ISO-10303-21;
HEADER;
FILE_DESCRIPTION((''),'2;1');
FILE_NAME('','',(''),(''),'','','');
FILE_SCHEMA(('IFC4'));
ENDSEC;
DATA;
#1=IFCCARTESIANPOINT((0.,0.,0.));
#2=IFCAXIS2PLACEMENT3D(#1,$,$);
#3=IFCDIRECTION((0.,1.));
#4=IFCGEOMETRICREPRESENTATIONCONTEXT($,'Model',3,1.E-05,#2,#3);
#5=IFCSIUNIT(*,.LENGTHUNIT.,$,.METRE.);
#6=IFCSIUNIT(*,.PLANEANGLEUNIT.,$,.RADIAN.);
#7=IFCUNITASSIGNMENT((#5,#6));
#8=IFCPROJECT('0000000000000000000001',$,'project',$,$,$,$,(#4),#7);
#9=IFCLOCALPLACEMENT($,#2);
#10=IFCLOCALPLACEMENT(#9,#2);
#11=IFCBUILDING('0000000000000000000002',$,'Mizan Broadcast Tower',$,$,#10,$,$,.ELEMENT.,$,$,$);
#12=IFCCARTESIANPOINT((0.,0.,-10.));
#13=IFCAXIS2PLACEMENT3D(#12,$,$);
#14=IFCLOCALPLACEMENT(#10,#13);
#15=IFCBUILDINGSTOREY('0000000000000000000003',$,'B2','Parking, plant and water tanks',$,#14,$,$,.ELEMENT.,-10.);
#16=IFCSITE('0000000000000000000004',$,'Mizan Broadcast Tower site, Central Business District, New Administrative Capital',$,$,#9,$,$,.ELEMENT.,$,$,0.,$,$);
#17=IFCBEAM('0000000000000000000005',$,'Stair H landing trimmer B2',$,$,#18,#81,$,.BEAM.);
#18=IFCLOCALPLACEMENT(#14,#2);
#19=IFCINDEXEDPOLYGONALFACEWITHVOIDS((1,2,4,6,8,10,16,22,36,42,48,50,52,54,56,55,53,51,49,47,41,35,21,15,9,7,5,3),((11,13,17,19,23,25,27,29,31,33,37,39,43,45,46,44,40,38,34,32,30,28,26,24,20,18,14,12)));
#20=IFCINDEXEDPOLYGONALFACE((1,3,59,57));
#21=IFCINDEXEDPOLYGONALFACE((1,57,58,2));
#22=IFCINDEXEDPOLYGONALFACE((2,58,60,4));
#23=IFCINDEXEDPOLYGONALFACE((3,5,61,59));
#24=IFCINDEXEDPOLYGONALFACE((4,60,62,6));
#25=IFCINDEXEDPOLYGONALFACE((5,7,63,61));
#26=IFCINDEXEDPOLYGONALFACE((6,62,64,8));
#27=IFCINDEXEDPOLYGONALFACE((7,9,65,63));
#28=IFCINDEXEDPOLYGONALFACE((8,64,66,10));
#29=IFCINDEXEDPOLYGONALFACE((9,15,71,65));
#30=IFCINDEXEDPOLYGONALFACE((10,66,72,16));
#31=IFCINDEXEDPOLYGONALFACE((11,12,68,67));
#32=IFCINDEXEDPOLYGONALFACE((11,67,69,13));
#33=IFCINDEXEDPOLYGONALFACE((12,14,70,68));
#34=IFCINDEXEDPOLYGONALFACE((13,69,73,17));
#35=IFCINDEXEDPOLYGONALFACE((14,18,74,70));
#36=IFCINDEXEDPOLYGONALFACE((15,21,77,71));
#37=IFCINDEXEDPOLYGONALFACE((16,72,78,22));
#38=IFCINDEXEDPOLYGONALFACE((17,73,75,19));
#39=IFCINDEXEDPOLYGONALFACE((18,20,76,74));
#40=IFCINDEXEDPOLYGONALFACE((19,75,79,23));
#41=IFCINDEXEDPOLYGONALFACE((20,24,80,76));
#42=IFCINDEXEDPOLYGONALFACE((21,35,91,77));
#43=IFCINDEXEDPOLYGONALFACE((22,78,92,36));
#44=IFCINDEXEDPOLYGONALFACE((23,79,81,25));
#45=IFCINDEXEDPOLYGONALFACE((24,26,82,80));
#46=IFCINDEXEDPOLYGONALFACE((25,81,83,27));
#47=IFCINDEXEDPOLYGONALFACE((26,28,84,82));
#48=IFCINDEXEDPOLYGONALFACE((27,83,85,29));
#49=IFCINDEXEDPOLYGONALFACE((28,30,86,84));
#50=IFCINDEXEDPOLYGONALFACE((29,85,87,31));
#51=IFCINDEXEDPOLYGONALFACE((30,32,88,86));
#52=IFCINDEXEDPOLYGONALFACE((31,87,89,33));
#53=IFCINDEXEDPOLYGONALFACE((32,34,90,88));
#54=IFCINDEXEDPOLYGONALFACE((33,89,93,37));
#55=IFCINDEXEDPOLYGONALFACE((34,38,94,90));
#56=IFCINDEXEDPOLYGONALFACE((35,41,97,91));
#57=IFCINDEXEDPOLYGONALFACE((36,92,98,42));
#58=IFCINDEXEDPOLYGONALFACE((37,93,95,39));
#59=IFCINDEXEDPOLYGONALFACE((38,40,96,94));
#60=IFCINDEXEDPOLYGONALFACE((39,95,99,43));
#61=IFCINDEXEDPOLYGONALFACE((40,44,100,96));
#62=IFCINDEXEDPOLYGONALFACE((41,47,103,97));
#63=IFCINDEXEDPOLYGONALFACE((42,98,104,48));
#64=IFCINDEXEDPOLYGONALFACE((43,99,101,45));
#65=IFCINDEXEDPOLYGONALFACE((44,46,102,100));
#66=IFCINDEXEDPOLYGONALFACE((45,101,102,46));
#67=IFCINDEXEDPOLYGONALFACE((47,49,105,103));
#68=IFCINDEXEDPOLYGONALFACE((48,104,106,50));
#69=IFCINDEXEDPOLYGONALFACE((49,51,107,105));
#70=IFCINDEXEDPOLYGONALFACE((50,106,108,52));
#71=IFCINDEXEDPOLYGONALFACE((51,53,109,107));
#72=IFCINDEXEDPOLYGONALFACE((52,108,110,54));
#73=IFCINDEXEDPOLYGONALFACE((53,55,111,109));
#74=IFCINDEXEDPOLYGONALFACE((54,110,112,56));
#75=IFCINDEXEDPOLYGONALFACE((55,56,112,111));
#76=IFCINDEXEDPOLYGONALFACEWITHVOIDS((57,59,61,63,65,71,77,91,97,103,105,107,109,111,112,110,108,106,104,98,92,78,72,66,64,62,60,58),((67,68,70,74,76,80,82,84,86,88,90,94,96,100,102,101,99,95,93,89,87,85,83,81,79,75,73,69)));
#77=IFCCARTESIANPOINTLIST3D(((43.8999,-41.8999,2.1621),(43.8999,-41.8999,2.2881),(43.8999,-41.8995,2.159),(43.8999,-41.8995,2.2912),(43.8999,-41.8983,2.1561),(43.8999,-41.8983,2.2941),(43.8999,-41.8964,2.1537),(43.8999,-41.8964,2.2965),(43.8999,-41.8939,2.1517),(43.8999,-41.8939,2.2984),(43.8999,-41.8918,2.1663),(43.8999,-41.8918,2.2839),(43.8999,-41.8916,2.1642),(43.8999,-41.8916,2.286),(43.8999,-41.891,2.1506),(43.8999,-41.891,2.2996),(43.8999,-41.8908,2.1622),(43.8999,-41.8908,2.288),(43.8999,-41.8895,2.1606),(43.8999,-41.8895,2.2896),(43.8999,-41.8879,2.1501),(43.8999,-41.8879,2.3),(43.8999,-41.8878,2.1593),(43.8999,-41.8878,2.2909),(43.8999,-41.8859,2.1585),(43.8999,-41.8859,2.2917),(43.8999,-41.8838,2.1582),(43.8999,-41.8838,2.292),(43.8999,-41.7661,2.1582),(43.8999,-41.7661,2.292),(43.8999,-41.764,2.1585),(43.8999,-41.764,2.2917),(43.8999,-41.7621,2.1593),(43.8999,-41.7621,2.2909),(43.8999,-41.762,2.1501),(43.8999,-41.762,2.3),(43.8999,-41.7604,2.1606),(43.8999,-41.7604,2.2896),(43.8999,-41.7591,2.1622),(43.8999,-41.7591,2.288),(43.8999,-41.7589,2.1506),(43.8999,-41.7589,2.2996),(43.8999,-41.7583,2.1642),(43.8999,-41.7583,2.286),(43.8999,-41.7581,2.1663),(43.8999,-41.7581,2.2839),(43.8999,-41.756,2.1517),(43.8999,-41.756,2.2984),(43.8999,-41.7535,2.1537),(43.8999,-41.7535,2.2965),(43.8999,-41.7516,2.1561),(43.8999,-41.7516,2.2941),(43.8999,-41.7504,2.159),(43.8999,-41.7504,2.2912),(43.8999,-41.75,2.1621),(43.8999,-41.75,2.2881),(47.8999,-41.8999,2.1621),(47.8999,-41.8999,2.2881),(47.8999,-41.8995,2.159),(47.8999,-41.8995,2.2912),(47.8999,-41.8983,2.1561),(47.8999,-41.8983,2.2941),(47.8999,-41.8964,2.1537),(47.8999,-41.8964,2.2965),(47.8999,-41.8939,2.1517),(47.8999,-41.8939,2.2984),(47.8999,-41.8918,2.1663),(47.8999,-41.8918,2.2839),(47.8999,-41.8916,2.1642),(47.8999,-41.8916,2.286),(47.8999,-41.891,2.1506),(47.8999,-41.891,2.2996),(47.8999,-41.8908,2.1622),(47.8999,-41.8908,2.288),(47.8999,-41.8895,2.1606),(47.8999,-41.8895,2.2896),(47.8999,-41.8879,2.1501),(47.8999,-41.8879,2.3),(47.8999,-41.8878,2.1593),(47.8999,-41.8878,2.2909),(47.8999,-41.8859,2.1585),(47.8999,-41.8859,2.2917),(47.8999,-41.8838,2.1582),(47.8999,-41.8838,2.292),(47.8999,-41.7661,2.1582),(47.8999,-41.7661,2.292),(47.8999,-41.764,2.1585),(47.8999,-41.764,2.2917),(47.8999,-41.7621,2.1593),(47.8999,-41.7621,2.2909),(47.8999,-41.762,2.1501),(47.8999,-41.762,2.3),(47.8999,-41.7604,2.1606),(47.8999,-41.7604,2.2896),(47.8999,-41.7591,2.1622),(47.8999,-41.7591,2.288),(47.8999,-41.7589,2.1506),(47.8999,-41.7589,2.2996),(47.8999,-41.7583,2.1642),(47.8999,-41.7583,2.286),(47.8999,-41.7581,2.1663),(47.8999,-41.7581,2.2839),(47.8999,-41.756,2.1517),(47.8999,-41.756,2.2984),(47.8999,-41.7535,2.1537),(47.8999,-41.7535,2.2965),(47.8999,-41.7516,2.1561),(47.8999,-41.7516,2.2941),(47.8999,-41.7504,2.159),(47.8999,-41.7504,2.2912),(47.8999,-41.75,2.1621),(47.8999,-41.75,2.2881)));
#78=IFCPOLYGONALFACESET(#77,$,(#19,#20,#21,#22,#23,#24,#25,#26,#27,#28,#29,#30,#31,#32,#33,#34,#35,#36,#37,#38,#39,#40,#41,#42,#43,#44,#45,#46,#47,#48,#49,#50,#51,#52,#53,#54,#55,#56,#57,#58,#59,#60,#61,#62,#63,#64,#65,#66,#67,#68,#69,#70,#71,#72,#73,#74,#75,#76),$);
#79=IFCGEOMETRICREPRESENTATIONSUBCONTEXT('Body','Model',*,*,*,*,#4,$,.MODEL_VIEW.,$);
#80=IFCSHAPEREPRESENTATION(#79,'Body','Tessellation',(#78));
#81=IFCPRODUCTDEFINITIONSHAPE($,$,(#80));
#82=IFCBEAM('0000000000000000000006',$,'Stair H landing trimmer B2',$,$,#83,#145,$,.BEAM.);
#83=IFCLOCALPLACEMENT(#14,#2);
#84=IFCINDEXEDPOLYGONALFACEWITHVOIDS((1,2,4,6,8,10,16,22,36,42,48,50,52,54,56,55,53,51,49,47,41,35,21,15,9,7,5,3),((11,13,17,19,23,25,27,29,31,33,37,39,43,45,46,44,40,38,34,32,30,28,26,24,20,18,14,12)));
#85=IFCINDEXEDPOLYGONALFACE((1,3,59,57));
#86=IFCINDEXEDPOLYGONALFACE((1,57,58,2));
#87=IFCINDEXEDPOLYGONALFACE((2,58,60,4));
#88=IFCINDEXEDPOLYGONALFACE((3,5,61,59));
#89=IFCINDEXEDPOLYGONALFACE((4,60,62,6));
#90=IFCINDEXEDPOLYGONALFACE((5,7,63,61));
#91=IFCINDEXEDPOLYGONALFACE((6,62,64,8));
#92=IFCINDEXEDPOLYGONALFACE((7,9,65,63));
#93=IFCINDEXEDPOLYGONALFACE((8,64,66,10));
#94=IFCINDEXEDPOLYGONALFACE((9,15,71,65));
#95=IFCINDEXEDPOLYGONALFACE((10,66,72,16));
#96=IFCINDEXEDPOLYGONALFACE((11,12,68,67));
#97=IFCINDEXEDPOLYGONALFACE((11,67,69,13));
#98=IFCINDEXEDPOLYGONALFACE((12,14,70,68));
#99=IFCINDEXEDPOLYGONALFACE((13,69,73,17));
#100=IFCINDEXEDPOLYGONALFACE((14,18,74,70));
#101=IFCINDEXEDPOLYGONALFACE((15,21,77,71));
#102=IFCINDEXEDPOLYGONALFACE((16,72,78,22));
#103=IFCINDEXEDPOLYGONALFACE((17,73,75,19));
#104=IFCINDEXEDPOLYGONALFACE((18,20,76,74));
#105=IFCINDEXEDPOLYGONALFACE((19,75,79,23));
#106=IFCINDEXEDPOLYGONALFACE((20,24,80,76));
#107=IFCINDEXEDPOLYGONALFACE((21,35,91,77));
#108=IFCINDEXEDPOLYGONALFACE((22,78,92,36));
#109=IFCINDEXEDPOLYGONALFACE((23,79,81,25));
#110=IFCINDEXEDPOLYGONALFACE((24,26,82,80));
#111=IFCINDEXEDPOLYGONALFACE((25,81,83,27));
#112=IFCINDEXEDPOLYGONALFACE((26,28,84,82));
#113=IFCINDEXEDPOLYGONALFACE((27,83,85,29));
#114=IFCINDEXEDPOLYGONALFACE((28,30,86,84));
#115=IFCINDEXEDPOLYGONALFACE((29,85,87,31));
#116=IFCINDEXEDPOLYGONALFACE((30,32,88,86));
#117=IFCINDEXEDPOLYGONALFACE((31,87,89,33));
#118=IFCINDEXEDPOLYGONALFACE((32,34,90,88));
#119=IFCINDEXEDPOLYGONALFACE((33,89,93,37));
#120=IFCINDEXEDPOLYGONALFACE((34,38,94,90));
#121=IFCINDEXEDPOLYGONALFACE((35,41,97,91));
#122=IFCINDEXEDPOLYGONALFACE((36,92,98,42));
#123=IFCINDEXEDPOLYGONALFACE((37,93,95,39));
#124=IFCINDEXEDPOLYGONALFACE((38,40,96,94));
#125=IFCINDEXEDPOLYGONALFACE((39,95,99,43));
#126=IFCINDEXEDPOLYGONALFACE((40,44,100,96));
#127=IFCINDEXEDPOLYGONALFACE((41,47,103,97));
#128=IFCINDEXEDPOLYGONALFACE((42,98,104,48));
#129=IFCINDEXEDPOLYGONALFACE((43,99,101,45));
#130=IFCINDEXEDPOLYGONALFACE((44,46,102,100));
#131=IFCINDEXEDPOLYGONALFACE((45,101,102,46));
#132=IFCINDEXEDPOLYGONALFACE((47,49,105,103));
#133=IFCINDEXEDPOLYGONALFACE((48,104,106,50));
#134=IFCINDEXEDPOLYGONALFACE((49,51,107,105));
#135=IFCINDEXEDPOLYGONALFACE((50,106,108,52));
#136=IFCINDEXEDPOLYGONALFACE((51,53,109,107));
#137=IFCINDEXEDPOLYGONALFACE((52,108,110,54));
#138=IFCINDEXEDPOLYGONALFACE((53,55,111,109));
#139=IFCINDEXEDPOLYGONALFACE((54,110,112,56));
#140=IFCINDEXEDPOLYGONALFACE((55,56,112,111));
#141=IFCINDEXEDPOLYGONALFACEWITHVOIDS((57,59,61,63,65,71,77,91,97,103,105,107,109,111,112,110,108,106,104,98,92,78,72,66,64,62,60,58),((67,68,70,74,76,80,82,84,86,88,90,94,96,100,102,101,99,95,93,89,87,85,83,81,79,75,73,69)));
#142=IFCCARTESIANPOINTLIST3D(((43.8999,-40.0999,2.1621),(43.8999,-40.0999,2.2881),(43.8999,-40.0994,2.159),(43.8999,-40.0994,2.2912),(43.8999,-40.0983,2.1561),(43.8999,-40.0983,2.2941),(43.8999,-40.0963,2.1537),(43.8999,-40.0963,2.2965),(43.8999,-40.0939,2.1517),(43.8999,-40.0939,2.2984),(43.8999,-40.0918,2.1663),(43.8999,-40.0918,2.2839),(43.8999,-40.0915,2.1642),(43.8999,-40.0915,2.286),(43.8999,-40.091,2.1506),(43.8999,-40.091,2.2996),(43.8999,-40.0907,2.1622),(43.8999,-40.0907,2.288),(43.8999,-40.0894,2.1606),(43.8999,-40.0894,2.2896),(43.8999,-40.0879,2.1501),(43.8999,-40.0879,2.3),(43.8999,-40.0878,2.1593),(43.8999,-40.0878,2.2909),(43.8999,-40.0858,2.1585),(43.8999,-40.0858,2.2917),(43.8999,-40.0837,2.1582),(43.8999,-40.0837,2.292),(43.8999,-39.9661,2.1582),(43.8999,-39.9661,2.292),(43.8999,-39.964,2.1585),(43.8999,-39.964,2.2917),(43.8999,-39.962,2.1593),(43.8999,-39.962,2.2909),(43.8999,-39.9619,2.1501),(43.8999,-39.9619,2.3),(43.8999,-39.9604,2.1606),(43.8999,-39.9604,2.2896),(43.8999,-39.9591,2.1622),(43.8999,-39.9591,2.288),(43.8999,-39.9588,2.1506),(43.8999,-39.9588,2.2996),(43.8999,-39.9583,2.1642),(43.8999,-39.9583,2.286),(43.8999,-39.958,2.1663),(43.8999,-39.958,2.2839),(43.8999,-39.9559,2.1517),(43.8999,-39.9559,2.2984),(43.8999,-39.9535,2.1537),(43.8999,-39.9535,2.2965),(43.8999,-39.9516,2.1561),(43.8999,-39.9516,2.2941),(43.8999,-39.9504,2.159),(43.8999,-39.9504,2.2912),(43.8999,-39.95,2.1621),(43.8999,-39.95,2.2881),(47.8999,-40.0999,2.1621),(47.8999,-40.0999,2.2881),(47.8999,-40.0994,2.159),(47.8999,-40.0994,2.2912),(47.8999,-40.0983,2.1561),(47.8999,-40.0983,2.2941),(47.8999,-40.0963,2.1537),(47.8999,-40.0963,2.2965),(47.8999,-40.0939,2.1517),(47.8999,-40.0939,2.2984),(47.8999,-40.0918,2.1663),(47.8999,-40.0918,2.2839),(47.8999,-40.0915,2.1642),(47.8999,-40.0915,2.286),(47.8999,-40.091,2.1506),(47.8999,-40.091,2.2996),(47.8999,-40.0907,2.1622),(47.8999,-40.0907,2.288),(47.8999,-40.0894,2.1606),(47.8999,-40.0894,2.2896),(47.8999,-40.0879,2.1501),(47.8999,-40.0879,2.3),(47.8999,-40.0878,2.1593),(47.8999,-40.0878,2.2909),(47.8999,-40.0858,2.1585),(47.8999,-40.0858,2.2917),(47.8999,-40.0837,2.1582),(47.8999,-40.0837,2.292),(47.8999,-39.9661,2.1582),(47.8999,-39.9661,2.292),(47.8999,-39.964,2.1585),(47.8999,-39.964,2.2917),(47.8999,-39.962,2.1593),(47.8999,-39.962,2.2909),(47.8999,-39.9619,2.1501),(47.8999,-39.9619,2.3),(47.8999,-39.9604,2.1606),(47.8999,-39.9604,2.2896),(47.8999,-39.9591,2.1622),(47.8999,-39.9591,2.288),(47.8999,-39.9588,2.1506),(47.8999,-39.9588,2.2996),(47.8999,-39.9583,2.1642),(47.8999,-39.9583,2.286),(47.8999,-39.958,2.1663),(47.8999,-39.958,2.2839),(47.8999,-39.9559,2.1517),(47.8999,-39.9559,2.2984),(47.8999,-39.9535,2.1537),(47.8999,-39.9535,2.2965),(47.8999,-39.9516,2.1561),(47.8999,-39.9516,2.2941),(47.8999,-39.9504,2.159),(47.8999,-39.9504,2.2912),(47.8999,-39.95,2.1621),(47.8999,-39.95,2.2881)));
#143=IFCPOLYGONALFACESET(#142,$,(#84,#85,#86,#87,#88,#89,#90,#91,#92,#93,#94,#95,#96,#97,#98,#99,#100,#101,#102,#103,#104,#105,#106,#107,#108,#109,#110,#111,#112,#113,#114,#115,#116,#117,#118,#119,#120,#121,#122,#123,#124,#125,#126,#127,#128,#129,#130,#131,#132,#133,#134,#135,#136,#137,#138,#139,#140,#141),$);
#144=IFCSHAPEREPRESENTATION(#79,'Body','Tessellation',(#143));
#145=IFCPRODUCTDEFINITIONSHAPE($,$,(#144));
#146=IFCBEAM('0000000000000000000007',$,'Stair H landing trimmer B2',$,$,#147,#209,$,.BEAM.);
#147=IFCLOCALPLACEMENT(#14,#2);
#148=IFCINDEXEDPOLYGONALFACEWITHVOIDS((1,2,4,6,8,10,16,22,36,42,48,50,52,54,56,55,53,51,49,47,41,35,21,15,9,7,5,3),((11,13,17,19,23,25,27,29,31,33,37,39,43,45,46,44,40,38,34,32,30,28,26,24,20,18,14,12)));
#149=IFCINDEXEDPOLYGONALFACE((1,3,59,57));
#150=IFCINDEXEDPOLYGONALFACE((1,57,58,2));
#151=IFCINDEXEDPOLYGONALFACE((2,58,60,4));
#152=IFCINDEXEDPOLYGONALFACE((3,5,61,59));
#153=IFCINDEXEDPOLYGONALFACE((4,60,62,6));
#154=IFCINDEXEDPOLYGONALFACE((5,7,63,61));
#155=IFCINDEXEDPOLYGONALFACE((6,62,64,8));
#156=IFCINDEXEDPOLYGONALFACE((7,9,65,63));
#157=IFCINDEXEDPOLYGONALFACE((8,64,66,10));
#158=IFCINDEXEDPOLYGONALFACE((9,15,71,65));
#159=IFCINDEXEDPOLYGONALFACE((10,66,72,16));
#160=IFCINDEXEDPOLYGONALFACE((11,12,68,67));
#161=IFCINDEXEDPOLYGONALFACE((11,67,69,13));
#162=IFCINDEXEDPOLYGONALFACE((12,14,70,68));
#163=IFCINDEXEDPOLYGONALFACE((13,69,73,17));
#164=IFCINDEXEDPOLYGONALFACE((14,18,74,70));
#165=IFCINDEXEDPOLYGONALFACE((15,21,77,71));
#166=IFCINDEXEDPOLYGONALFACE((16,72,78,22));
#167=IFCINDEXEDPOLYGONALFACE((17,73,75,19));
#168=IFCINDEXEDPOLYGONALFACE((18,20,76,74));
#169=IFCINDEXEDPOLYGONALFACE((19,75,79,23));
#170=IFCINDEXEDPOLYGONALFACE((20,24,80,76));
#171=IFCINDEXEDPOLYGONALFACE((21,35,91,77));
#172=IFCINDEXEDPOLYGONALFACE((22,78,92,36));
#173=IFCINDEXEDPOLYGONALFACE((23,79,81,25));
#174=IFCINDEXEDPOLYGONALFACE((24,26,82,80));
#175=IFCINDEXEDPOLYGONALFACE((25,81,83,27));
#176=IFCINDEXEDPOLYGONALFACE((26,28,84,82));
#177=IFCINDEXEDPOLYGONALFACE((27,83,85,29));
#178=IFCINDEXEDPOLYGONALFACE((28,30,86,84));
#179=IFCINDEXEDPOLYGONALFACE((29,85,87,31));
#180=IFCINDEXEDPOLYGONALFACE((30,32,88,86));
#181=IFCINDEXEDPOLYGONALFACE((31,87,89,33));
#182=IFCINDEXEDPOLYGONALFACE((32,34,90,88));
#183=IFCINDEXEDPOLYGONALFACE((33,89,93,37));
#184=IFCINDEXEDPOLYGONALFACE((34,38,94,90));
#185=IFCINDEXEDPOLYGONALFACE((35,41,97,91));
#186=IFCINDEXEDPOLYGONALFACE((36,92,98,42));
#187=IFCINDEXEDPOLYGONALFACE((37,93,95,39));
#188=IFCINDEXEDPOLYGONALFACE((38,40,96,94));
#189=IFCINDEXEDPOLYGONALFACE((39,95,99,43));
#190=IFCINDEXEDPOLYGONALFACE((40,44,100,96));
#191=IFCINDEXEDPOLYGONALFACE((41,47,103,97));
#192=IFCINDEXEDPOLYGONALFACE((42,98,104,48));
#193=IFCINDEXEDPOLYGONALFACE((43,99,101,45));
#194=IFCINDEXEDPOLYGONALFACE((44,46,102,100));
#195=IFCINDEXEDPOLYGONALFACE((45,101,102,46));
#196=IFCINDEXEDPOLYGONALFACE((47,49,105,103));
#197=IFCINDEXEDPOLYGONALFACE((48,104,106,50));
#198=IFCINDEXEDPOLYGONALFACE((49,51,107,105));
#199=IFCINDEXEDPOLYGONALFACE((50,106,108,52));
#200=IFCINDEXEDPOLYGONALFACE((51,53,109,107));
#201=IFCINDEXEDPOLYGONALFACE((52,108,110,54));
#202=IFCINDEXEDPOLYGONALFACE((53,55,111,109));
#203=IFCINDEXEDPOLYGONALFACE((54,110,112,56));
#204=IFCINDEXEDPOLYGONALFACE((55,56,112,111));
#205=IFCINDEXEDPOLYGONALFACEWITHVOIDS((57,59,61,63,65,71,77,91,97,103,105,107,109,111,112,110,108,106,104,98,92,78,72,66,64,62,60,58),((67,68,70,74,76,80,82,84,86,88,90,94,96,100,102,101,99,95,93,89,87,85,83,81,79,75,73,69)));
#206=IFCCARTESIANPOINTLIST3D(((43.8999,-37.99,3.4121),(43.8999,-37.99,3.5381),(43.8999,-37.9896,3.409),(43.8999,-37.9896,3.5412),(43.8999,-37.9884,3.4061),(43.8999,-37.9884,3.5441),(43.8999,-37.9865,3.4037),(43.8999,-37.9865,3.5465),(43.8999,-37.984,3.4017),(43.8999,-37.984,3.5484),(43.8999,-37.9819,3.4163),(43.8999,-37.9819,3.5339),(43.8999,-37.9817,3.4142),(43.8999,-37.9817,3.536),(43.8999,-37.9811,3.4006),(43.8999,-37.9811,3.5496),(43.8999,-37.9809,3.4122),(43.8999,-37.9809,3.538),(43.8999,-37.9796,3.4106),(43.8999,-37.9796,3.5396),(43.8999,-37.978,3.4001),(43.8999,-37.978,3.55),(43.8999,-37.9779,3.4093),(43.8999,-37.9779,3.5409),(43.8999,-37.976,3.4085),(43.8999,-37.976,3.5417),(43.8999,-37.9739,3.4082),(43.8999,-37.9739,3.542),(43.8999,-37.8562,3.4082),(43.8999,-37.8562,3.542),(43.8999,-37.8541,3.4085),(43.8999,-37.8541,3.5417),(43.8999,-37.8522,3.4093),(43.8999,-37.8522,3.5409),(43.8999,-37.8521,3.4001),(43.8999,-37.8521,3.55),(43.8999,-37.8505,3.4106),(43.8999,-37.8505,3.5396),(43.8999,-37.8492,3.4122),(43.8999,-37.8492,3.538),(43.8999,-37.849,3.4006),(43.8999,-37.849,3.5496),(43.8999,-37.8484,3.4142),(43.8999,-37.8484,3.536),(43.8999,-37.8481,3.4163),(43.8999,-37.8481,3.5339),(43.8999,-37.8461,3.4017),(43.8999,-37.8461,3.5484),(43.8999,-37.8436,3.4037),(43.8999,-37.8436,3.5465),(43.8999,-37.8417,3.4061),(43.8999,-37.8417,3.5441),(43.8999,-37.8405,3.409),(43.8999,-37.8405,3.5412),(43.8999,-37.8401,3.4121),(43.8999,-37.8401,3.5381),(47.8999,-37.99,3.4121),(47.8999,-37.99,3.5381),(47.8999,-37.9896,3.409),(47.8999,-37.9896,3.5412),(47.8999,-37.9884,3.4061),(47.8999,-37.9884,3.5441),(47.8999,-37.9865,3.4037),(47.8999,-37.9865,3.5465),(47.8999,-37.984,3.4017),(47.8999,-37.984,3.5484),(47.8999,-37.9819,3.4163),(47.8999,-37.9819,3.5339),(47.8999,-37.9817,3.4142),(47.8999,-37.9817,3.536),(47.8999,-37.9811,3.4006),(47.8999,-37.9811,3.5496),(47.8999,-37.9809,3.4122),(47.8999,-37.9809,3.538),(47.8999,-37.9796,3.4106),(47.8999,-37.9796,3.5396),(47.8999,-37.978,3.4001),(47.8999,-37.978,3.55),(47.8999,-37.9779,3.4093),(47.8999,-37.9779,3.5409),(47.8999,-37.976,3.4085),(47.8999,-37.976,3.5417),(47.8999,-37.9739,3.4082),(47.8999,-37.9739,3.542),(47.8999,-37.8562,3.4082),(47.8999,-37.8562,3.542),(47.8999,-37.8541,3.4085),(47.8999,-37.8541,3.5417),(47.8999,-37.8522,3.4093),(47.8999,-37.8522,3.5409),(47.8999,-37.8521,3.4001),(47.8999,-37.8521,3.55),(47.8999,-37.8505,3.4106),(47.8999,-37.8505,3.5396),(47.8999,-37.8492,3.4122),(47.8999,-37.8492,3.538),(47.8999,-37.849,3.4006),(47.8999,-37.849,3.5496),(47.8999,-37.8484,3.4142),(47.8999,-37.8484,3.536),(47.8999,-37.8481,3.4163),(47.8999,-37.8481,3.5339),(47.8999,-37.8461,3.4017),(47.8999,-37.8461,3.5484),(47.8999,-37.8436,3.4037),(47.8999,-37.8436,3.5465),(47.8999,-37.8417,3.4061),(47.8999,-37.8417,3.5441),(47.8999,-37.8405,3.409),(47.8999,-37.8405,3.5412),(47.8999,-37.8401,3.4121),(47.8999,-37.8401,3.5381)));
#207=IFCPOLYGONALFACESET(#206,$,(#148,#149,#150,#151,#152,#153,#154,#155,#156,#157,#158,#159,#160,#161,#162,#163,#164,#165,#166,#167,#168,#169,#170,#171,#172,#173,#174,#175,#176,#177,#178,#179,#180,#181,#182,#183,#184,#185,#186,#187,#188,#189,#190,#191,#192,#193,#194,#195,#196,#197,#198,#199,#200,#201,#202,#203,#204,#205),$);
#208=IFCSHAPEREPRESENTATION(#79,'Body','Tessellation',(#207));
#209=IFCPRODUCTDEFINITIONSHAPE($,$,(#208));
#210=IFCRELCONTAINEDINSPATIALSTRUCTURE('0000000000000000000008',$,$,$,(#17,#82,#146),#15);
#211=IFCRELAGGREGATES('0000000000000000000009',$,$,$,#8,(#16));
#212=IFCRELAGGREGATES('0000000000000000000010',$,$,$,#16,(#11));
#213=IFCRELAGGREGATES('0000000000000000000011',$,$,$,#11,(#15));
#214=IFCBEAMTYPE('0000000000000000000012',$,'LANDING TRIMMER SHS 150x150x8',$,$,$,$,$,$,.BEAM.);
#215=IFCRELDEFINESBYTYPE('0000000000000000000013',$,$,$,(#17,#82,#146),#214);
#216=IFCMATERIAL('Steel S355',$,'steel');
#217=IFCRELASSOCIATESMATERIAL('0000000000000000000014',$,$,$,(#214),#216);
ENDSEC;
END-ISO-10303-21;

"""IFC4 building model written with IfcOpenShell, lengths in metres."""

from ifc_helpers import new_model, si_unit, direction, frame, origin, origin_2d, place, context, subcontext, project, spatial, hollow_rectangle, extrude, material, material_profile, profile_set, type_object, element, save


model = new_model("IFC4")

# Units and contexts
model_context = context("Model", 3, precision=1e-05, world=origin(), true_north=direction((0.0, 1.0)))
body_context = subcontext(model_context, "Body", "Model", "MODEL_VIEW")
ifc_project = project(units=[si_unit("LENGTHUNIT", "METRE"), si_unit("PLANEANGLEUNIT", "RADIAN")], contexts=[model_context])

# Site, building, storey
site_placement = place(None, origin())
site = spatial("IfcSite", under=ifc_project, at=site_placement, Name="Mizan Broadcast Tower site, Central Business District, New Administrative Capital", CompositionType="ELEMENT", RefElevation=0.0)
building_placement = place(site_placement, origin())
building = spatial("IfcBuilding", under=site, at=building_placement, Name="Mizan Broadcast Tower", CompositionType="ELEMENT")
storey_placement = place(building_placement, frame((0.0, 0.0, -10.0)))
storey = spatial("IfcBuildingStorey", under=building, at=storey_placement, Name="B2", Description="Parking, plant and water tanks", CompositionType="ELEMENT", Elevation=-10.0)

# Beams
ifc_material_1 = material(Name="Steel S355", Category="steel")
ifc_material_profile_1 = material_profile(ifc_material_1, hollow_rectangle(XDim=0.1499, YDim=0.1499, WallThickness=0.0081, InnerFilletRadius=0.0081, OuterFilletRadius=0.012, at=origin_2d()), Name="SHS 150x150x8")
ifc_profile_set_1 = profile_set([ifc_material_profile_1], Name="Steel S355")
beam_type = type_object("IfcBeamType", Name="LANDING TRIMMER SHS 150x150x8", PredefinedType="BEAM", material=ifc_profile_set_1)
for number, where, z_axis, x_axis, name in (
    (1, (43.8999, -41.825, 2.2251), (1.0, 0.0, 0.0), (0.0, 1.0, 0.0), "Stair H landing trimmer B2"),
    (2, (43.8999, -40.0249, 2.2251), (1.0, 0.0, 0.0), (0.0, 1.0, 0.0), "Stair H landing trimmer B2"),
    (3, (43.8999, -37.915, 3.4751), (1.0, 0.0, 0.0), (0.0, 1.0, 0.0), "Stair H landing trimmer B2"),
):
    element("IfcBeam", number, at=place(storey_placement, frame(where, z_axis=z_axis, x_axis=x_axis)), inside=storey, type_object=beam_type, Name=name, PredefinedType="BEAM", context=body_context, shape_type="SweptSolid", body=[
        extrude(hollow_rectangle(XDim=0.1499, YDim=0.1499, WallThickness=0.0081, InnerFilletRadius=0.0081, OuterFilletRadius=0.012, at=origin_2d()), origin(), (0.0, 0.0, 1.0), 4.0),
    ])

save(model, "model.ifc")
